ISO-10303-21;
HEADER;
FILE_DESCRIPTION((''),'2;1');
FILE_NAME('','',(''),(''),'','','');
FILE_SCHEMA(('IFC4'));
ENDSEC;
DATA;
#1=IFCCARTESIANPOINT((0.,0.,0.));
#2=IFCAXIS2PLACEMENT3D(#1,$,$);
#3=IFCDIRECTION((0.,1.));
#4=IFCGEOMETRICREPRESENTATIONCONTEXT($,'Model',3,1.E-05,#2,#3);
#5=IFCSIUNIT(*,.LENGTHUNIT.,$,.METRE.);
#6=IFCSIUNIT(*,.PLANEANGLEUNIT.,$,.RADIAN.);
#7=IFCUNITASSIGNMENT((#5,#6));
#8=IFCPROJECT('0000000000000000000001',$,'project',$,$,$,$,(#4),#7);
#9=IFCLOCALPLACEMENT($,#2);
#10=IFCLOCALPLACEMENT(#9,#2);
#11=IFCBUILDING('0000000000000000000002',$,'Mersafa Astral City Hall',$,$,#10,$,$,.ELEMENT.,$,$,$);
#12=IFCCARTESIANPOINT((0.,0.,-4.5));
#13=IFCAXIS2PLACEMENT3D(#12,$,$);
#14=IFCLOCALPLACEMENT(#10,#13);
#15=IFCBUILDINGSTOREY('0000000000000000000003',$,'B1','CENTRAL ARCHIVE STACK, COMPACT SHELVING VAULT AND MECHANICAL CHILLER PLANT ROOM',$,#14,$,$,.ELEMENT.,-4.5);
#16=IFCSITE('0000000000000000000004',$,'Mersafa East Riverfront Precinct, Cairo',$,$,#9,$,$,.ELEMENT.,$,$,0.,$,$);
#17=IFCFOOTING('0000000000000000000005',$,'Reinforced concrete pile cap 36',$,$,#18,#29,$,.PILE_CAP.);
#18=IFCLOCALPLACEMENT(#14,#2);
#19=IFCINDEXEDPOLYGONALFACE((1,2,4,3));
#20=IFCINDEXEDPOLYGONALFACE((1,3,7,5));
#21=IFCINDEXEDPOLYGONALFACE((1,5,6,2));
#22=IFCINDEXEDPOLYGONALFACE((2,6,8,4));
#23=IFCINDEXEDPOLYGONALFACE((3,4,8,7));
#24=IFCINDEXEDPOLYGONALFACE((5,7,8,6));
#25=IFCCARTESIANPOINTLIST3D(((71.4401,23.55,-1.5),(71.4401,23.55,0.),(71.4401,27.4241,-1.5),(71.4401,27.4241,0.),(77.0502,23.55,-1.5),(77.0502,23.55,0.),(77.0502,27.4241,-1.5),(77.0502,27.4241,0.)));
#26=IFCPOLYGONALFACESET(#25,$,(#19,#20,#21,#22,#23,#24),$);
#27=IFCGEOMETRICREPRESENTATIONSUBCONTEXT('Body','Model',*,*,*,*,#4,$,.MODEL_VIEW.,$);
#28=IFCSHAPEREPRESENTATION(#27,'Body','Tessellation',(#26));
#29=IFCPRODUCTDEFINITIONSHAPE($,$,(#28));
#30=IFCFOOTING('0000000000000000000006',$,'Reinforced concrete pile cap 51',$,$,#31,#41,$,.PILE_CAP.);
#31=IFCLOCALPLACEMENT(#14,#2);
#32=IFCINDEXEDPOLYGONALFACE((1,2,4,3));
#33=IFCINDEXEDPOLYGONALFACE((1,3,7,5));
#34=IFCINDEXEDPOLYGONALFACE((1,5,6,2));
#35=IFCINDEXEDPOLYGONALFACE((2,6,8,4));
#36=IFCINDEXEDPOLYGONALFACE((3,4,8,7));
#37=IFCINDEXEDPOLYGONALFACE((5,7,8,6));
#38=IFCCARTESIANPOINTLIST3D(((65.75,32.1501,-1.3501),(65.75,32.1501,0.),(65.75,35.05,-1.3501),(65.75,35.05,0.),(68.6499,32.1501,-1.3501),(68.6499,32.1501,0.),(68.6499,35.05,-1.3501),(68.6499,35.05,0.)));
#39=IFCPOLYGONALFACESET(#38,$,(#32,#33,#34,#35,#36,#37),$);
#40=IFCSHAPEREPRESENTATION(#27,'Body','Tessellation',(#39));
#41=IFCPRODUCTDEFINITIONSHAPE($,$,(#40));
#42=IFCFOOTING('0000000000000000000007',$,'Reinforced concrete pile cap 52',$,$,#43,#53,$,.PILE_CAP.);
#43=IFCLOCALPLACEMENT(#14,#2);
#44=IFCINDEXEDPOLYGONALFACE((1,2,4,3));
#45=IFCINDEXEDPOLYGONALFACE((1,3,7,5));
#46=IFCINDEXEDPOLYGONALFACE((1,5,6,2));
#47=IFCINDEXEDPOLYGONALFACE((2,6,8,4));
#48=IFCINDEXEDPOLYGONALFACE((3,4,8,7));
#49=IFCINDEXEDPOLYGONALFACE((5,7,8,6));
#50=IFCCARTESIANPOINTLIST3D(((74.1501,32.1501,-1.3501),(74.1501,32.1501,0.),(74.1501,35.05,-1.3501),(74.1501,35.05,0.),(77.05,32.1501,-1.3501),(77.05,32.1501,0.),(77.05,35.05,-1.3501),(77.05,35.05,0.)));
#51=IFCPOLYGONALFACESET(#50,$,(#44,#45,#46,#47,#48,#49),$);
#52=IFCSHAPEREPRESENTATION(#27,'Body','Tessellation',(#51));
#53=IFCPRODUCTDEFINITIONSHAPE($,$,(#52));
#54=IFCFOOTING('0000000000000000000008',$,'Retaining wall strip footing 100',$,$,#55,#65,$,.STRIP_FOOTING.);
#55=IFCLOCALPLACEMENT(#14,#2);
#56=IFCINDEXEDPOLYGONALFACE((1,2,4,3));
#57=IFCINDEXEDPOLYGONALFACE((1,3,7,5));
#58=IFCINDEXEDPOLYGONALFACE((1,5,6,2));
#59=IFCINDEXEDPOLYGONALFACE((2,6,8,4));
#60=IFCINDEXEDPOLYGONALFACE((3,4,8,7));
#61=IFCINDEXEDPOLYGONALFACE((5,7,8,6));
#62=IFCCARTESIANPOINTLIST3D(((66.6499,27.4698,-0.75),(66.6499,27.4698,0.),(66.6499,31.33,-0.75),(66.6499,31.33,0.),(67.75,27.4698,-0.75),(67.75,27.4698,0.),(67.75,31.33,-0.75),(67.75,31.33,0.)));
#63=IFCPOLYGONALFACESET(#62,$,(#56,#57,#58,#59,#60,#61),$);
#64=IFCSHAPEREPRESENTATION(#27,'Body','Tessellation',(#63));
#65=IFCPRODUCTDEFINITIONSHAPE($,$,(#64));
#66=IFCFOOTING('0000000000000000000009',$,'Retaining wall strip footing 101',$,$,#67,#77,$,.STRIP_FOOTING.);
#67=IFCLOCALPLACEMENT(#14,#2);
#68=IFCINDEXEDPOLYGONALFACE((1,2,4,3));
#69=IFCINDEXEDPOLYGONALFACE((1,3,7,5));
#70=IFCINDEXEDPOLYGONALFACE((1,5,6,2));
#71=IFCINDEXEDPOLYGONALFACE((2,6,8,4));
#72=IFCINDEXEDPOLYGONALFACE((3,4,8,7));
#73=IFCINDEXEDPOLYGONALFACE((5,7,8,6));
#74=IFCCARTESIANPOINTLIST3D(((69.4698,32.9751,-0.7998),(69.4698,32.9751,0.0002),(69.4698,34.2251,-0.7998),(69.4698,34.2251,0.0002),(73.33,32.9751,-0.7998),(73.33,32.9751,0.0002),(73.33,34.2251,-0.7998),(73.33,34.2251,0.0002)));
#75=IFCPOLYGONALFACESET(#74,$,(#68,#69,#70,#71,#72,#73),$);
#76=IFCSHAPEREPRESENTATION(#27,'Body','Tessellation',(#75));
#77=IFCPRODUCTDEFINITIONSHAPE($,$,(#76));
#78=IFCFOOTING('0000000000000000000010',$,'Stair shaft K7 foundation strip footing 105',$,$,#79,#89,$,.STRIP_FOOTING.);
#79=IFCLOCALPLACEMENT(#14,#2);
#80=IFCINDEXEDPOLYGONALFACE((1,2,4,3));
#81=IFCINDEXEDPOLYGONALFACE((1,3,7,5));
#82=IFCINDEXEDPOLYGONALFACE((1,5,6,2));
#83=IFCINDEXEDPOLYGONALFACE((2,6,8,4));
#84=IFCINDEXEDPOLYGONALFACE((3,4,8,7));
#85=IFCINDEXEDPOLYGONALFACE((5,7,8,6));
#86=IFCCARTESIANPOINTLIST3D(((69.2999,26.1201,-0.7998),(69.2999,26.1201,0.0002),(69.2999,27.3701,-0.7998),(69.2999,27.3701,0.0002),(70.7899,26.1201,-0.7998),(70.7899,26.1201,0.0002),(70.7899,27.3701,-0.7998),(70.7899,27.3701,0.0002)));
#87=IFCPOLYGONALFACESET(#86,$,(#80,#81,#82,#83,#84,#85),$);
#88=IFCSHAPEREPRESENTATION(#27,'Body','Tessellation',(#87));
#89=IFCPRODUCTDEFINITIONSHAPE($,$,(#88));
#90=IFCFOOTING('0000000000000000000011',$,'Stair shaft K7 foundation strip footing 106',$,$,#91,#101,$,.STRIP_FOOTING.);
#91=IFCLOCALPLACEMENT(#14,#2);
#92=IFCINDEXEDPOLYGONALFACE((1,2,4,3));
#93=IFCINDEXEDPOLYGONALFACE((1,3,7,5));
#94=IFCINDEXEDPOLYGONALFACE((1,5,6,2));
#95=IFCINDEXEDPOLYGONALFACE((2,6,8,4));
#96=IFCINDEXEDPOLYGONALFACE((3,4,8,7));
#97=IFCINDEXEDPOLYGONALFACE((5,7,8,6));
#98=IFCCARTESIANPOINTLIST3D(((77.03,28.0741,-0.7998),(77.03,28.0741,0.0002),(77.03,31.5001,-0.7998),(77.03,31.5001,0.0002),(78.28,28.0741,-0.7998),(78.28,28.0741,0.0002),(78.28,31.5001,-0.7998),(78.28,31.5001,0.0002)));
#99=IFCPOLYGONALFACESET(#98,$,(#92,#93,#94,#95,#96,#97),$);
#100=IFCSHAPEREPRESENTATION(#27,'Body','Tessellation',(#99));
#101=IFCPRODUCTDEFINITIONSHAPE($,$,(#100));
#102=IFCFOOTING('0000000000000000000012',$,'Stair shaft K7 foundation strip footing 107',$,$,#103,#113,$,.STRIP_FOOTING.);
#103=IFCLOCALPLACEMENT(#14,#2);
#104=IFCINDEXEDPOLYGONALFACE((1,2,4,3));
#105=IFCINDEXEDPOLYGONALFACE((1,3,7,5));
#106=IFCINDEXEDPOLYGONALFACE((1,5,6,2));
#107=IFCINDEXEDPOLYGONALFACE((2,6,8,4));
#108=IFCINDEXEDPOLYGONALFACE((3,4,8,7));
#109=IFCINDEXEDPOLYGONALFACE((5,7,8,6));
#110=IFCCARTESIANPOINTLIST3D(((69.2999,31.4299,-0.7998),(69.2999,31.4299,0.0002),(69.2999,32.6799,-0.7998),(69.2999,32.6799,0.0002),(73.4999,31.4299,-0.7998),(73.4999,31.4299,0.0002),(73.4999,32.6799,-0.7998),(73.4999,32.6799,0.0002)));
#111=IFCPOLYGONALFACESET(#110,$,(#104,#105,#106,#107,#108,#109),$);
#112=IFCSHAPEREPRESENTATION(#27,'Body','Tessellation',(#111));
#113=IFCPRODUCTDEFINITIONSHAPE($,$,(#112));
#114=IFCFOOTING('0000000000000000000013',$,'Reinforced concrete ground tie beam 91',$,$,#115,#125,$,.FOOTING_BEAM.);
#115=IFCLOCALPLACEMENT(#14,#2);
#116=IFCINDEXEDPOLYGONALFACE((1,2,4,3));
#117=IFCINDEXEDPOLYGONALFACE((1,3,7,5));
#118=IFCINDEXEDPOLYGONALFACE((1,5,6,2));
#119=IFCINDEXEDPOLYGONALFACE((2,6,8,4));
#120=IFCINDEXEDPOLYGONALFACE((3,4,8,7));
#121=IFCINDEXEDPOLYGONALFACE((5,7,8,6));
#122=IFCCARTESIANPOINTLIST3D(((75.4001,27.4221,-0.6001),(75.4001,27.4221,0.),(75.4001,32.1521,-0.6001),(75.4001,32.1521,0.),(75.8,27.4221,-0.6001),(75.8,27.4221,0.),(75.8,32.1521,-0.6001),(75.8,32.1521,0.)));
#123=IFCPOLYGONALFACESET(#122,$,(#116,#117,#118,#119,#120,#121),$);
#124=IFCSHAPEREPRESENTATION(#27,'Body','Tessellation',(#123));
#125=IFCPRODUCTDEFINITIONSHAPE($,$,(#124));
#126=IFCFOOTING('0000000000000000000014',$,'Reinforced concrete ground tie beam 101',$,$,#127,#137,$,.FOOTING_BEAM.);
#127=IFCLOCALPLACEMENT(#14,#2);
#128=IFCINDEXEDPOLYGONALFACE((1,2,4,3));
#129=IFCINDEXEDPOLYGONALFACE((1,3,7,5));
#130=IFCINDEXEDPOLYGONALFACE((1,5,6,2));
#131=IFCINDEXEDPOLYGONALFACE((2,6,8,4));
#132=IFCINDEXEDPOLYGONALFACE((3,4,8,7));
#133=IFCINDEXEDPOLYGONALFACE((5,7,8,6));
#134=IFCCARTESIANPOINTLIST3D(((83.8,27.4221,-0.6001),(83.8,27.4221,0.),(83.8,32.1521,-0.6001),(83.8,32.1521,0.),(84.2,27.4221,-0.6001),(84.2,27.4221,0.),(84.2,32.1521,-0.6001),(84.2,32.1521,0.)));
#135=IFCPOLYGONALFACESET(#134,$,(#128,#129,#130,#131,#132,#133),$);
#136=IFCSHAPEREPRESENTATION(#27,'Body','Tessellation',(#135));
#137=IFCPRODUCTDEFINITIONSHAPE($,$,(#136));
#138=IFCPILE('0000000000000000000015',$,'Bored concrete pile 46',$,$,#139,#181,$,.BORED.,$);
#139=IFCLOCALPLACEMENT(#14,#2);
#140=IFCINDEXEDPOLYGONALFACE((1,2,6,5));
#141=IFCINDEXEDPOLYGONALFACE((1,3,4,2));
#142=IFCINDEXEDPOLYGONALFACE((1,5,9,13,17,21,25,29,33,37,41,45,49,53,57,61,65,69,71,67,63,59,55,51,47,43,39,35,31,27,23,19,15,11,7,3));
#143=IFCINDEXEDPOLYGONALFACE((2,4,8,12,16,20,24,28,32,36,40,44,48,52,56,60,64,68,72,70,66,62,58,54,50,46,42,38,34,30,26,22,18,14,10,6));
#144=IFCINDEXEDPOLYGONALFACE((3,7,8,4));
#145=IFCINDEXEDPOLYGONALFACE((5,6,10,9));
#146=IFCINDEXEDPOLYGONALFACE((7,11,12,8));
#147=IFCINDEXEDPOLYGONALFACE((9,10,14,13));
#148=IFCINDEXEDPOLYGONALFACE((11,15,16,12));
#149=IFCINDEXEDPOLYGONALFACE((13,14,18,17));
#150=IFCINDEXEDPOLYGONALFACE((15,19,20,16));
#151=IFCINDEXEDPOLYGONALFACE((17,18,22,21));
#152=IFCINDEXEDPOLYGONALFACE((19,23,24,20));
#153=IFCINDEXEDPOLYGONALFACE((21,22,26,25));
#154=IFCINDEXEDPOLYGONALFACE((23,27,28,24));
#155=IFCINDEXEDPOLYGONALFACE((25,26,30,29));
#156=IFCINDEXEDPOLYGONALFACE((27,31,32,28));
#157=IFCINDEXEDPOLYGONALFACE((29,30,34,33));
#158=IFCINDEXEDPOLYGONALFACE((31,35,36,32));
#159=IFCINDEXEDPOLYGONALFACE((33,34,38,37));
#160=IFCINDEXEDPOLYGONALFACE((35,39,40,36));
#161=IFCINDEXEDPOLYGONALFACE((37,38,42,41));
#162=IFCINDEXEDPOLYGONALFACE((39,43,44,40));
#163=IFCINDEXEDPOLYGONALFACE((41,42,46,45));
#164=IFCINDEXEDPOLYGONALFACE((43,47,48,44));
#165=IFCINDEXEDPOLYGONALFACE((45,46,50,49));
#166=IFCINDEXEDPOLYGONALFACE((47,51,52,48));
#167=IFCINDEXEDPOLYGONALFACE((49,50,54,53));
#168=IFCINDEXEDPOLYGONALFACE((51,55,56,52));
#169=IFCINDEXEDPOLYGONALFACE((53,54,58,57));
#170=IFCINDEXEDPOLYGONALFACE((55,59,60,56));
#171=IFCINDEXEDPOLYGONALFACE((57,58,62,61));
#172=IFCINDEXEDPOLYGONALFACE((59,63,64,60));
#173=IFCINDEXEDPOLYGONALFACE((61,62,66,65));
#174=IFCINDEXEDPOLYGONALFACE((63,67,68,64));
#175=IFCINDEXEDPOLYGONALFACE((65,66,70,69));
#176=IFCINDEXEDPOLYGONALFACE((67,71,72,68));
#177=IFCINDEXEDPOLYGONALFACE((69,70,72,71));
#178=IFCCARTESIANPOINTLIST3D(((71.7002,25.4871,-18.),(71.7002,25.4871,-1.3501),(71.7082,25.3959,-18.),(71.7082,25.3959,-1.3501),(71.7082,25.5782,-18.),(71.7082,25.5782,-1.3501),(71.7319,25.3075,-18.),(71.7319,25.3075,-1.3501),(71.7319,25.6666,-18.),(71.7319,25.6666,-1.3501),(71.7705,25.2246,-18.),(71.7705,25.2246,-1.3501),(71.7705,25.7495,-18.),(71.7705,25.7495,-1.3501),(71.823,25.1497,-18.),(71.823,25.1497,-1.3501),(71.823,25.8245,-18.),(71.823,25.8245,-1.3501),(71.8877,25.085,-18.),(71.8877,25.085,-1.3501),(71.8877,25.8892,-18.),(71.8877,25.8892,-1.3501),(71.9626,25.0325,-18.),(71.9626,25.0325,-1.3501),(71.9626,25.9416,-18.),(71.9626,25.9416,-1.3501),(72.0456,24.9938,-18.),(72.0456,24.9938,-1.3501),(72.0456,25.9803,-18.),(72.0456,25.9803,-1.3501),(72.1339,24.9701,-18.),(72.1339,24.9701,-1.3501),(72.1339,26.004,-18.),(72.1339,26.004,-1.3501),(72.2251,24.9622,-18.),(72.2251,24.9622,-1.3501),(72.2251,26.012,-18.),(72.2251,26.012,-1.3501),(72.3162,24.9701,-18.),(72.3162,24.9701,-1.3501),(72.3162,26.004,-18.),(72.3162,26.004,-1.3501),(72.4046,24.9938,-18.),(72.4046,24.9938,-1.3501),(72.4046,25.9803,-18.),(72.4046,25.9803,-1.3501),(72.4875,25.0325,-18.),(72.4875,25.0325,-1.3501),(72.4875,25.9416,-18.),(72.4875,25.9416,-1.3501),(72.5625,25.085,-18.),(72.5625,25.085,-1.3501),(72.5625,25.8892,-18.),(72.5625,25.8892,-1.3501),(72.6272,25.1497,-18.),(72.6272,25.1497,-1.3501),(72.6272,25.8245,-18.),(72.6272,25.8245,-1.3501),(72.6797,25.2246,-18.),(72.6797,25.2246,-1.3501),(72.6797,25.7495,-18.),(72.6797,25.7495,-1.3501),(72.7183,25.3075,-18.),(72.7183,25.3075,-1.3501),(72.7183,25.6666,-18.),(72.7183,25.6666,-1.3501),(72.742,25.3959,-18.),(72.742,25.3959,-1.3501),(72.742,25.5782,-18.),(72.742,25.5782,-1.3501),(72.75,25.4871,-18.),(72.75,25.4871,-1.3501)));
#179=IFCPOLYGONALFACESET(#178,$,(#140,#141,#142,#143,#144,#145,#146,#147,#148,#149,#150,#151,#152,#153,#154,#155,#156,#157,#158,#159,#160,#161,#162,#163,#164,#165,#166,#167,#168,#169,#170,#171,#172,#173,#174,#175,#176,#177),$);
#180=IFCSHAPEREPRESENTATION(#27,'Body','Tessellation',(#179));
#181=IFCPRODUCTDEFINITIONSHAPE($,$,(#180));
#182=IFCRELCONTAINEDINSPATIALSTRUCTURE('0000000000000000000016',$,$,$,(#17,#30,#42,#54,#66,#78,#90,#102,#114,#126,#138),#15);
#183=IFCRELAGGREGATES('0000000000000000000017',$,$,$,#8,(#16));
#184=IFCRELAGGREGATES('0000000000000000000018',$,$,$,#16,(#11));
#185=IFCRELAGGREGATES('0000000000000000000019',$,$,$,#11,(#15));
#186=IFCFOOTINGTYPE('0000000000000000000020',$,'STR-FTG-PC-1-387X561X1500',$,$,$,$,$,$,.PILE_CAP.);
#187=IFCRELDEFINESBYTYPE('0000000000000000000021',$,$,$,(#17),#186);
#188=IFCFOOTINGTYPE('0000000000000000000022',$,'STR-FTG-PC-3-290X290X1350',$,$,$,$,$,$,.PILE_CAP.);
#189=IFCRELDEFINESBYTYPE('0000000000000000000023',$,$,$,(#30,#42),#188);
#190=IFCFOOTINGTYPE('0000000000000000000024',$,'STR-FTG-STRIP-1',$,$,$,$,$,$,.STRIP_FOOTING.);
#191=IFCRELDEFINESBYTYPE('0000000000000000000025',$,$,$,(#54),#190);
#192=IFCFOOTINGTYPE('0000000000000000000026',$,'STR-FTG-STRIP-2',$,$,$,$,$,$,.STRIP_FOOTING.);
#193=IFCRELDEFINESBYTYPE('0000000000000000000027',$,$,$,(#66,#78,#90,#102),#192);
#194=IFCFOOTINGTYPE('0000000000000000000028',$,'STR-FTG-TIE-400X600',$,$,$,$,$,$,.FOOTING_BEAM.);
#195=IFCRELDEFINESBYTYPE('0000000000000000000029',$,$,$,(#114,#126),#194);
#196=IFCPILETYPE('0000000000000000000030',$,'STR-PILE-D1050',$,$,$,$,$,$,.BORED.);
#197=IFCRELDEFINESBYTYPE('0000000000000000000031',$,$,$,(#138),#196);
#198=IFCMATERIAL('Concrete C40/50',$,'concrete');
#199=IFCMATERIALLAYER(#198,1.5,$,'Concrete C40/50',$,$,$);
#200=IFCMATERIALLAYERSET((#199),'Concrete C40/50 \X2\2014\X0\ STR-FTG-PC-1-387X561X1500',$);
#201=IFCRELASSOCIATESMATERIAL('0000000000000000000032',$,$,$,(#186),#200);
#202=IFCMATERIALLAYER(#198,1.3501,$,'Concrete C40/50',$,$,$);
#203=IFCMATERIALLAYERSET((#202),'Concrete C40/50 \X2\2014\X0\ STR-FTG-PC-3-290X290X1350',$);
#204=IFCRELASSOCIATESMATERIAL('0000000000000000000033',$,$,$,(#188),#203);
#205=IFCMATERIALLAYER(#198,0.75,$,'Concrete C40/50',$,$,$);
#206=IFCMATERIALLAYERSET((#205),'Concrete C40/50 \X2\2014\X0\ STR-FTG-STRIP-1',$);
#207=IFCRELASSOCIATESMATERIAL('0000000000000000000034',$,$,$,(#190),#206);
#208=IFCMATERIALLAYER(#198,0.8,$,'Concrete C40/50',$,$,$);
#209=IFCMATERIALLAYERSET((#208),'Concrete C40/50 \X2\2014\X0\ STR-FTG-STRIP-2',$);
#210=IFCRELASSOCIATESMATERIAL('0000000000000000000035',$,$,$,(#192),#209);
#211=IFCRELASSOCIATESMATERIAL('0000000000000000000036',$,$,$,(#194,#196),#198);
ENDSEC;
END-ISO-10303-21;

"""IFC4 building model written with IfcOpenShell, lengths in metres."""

from ifc_helpers import new_model, si_unit, direction, frame, origin, origin_2d, place, context, subcontext, project, spatial, rectangle, circle, extrude, material, layer, layer_set, material_profile, profile_set, type_object, element, save


model = new_model("IFC4")

# Units and contexts
model_context = context("Model", 3, precision=1e-05, world=origin(), true_north=direction((0.0, 1.0)))
body_context = subcontext(model_context, "Body", "Model", "MODEL_VIEW")
ifc_project = project(units=[si_unit("LENGTHUNIT", "METRE"), si_unit("PLANEANGLEUNIT", "RADIAN")], contexts=[model_context])

# Site, building, storey
site_placement = place(None, origin())
site = spatial("IfcSite", under=ifc_project, at=site_placement, Name="Mersafa East Riverfront Precinct, Cairo", CompositionType="ELEMENT", RefElevation=0.0)
building_placement = place(site_placement, origin())
building = spatial("IfcBuilding", under=site, at=building_placement, Name="Mersafa Astral City Hall", CompositionType="ELEMENT")
storey_placement = place(building_placement, frame((0.0, 0.0, -4.5)))
storey = spatial("IfcBuildingStorey", under=building, at=storey_placement, Name="B1", Description="CENTRAL ARCHIVE STACK, COMPACT SHELVING VAULT AND MECHANICAL CHILLER PLANT ROOM", CompositionType="ELEMENT", Elevation=-4.5)

# Footings
ifc_material_1 = material(Name="Concrete C40/50", Category="concrete")
ifc_layer_1 = layer(ifc_material_1, 1.5, Name="Concrete C40/50")
ifc_layer_set_1 = layer_set([ifc_layer_1], Name="Concrete C40/50 — STR-FTG-PC-1-387X561X1500")
footing_type_1 = type_object("IfcFootingType", Name="STR-FTG-PC-1-387X561X1500", PredefinedType="PILE_CAP", material=ifc_layer_set_1)
footing_1_placement = place(storey_placement, frame((74.2451, 25.4871, -1.5), z_axis=(0.0, 0.0, 1.0), x_axis=(1.0, 0.0, 0.0)))
element("IfcFooting", 1, at=footing_1_placement, inside=storey, type_object=footing_type_1, Name="Reinforced concrete pile cap 36", PredefinedType="PILE_CAP", context=body_context, shape_type="SweptSolid", body=[
    extrude(rectangle(XDim=5.6101, YDim=3.874, at=origin_2d()), origin(), (0.0, 0.0, 1.0), 1.5),
])
ifc_layer_2 = layer(ifc_material_1, 1.3501, Name="Concrete C40/50")
ifc_layer_set_2 = layer_set([ifc_layer_2], Name="Concrete C40/50 — STR-FTG-PC-3-290X290X1350")
footing_type_2 = type_object("IfcFootingType", Name="STR-FTG-PC-3-290X290X1350", PredefinedType="PILE_CAP", material=ifc_layer_set_2)
for number, where, z_axis, x_axis, name in (
    (2, (67.2, 33.6001, -1.3501), (0.0, 0.0, 1.0), (1.0, 0.0, 0.0), "Reinforced concrete pile cap 51"),
    (3, (75.6001, 33.6001, -1.3501), (0.0, 0.0, 1.0), (1.0, 0.0, 0.0), "Reinforced concrete pile cap 52"),
):
    element("IfcFooting", number, at=place(storey_placement, frame(where, z_axis=z_axis, x_axis=x_axis)), inside=storey, type_object=footing_type_2, Name=name, PredefinedType="PILE_CAP", context=body_context, shape_type="SweptSolid", body=[
        extrude(rectangle(XDim=2.8999, YDim=2.8999, at=origin_2d()), origin(), (0.0, 0.0, 1.0), 1.3501),
    ])
ifc_layer_3 = layer(ifc_material_1, 0.75, Name="Concrete C40/50")
ifc_layer_set_3 = layer_set([ifc_layer_3], Name="Concrete C40/50 — STR-FTG-STRIP-1")
footing_type_3 = type_object("IfcFootingType", Name="STR-FTG-STRIP-1", PredefinedType="STRIP_FOOTING", material=ifc_layer_set_3)
footing_2_placement = place(storey_placement, frame((67.2, 29.3999, -0.75), z_axis=(0.0, 0.0, 1.0), x_axis=(0.0, 1.0, 0.0)))
element("IfcFooting", 4, at=footing_2_placement, inside=storey, type_object=footing_type_3, Name="Retaining wall strip footing 100", PredefinedType="STRIP_FOOTING", context=body_context, shape_type="SweptSolid", body=[
    extrude(rectangle(XDim=3.8601, YDim=1.1001, at=origin_2d()), origin(), (0.0, 0.0, 1.0), 0.75),
])
ifc_layer_4 = layer(ifc_material_1, 0.8, Name="Concrete C40/50")
ifc_layer_set_4 = layer_set([ifc_layer_4], Name="Concrete C40/50 — STR-FTG-STRIP-2")
footing_type_4 = type_object("IfcFootingType", Name="STR-FTG-STRIP-2", PredefinedType="STRIP_FOOTING", material=ifc_layer_set_4)
footing_3_placement = place(storey_placement, frame((71.3999, 33.6001, -0.7998), z_axis=(0.0, 0.0, 1.0), x_axis=(1.0, 0.0, 0.0)))
element("IfcFooting", 5, at=footing_3_placement, inside=storey, type_object=footing_type_4, Name="Retaining wall strip footing 101", PredefinedType="STRIP_FOOTING", context=body_context, shape_type="SweptSolid", body=[
    extrude(rectangle(XDim=3.8601, YDim=1.25, at=origin_2d()), origin(), (0.0, 0.0, 1.0), 0.8),
])
footing_4_placement = place(storey_placement, frame((70.0449, 26.7451, -0.7998), z_axis=(0.0, 0.0, 1.0), x_axis=(1.0, 0.0, 0.0)))
element("IfcFooting", 6, at=footing_4_placement, inside=storey, type_object=footing_type_4, Name="Stair shaft K7 foundation strip footing 105", PredefinedType="STRIP_FOOTING", context=body_context, shape_type="SweptSolid", body=[
    extrude(rectangle(XDim=1.49, YDim=1.25, at=origin_2d()), origin(), (0.0, 0.0, 1.0), 0.8),
])
footing_5_placement = place(storey_placement, frame((77.655, 29.7871, -0.7998), z_axis=(0.0, 0.0, 1.0), x_axis=(0.0, 1.0, 0.0)))
element("IfcFooting", 7, at=footing_5_placement, inside=storey, type_object=footing_type_4, Name="Stair shaft K7 foundation strip footing 106", PredefinedType="STRIP_FOOTING", context=body_context, shape_type="SweptSolid", body=[
    extrude(rectangle(XDim=3.426, YDim=1.25, at=origin_2d()), origin(), (0.0, 0.0, 1.0), 0.8),
])
footing_6_placement = place(storey_placement, frame((71.3999, 32.0549, -0.7998), z_axis=(0.0, 0.0, 1.0), x_axis=(1.0, 0.0, 0.0)))
element("IfcFooting", 8, at=footing_6_placement, inside=storey, type_object=footing_type_4, Name="Stair shaft K7 foundation strip footing 107", PredefinedType="STRIP_FOOTING", context=body_context, shape_type="SweptSolid", body=[
    extrude(rectangle(XDim=4.2, YDim=1.25, at=origin_2d()), origin(), (0.0, 0.0, 1.0), 0.8),
])
ifc_material_profile_1 = material_profile(ifc_material_1, rectangle(XDim=0.3999, YDim=0.6001, at=origin_2d()), Name="RC 400x600")
ifc_profile_set_1 = profile_set([ifc_material_profile_1], Name="Concrete C40/50")
footing_type_5 = type_object("IfcFootingType", Name="STR-FTG-TIE-400X600", PredefinedType="FOOTING_BEAM", material=ifc_profile_set_1)
for number, where, z_axis, x_axis, name in (
    (9, (75.6001, 27.4221, -0.3), (0.0, 1.0, 0.0), (-1.0, 0.0, 0.0), "Reinforced concrete ground tie beam 91"),
    (10, (84.0, 27.4221, -0.3), (0.0, 1.0, 0.0), (-1.0, 0.0, 0.0), "Reinforced concrete ground tie beam 101"),
):
    element("IfcFooting", number, at=place(storey_placement, frame(where, z_axis=z_axis, x_axis=x_axis)), inside=storey, type_object=footing_type_5, Name=name, PredefinedType="FOOTING_BEAM", context=body_context, shape_type="SweptSolid", body=[
        extrude(rectangle(XDim=0.3999, YDim=0.6001, at=origin_2d()), origin(), (0.0, 0.0, 1.0), 4.73),
    ])

# Pile
ifc_material_profile_2 = material_profile(ifc_material_1, circle(Radius=0.5249, at=origin_2d()), Name="PILE D1050")
ifc_profile_set_2 = profile_set([ifc_material_profile_2], Name="Concrete C40/50")
pile_type_1 = type_object("IfcPileType", Name="STR-PILE-D1050", PredefinedType="BORED", material=ifc_profile_set_2)
for number, where, z_axis, x_axis, name in (
    (11, (72.2251, 25.4871, -1.3501), (0.0, 0.0, -1.0), (1.0, 0.0, 0.0), "Bored concrete pile 46"),
):
    element("IfcPile", number, at=place(storey_placement, frame(where, z_axis=z_axis, x_axis=x_axis)), inside=storey, type_object=pile_type_1, Name=name, PredefinedType="BORED", context=body_context, shape_type="SweptSolid", body=[
        extrude(circle(Radius=0.5249, at=origin_2d()), origin(), (0.0, 0.0, 1.0), 16.6499),
    ])

save(model, "model.ifc")
